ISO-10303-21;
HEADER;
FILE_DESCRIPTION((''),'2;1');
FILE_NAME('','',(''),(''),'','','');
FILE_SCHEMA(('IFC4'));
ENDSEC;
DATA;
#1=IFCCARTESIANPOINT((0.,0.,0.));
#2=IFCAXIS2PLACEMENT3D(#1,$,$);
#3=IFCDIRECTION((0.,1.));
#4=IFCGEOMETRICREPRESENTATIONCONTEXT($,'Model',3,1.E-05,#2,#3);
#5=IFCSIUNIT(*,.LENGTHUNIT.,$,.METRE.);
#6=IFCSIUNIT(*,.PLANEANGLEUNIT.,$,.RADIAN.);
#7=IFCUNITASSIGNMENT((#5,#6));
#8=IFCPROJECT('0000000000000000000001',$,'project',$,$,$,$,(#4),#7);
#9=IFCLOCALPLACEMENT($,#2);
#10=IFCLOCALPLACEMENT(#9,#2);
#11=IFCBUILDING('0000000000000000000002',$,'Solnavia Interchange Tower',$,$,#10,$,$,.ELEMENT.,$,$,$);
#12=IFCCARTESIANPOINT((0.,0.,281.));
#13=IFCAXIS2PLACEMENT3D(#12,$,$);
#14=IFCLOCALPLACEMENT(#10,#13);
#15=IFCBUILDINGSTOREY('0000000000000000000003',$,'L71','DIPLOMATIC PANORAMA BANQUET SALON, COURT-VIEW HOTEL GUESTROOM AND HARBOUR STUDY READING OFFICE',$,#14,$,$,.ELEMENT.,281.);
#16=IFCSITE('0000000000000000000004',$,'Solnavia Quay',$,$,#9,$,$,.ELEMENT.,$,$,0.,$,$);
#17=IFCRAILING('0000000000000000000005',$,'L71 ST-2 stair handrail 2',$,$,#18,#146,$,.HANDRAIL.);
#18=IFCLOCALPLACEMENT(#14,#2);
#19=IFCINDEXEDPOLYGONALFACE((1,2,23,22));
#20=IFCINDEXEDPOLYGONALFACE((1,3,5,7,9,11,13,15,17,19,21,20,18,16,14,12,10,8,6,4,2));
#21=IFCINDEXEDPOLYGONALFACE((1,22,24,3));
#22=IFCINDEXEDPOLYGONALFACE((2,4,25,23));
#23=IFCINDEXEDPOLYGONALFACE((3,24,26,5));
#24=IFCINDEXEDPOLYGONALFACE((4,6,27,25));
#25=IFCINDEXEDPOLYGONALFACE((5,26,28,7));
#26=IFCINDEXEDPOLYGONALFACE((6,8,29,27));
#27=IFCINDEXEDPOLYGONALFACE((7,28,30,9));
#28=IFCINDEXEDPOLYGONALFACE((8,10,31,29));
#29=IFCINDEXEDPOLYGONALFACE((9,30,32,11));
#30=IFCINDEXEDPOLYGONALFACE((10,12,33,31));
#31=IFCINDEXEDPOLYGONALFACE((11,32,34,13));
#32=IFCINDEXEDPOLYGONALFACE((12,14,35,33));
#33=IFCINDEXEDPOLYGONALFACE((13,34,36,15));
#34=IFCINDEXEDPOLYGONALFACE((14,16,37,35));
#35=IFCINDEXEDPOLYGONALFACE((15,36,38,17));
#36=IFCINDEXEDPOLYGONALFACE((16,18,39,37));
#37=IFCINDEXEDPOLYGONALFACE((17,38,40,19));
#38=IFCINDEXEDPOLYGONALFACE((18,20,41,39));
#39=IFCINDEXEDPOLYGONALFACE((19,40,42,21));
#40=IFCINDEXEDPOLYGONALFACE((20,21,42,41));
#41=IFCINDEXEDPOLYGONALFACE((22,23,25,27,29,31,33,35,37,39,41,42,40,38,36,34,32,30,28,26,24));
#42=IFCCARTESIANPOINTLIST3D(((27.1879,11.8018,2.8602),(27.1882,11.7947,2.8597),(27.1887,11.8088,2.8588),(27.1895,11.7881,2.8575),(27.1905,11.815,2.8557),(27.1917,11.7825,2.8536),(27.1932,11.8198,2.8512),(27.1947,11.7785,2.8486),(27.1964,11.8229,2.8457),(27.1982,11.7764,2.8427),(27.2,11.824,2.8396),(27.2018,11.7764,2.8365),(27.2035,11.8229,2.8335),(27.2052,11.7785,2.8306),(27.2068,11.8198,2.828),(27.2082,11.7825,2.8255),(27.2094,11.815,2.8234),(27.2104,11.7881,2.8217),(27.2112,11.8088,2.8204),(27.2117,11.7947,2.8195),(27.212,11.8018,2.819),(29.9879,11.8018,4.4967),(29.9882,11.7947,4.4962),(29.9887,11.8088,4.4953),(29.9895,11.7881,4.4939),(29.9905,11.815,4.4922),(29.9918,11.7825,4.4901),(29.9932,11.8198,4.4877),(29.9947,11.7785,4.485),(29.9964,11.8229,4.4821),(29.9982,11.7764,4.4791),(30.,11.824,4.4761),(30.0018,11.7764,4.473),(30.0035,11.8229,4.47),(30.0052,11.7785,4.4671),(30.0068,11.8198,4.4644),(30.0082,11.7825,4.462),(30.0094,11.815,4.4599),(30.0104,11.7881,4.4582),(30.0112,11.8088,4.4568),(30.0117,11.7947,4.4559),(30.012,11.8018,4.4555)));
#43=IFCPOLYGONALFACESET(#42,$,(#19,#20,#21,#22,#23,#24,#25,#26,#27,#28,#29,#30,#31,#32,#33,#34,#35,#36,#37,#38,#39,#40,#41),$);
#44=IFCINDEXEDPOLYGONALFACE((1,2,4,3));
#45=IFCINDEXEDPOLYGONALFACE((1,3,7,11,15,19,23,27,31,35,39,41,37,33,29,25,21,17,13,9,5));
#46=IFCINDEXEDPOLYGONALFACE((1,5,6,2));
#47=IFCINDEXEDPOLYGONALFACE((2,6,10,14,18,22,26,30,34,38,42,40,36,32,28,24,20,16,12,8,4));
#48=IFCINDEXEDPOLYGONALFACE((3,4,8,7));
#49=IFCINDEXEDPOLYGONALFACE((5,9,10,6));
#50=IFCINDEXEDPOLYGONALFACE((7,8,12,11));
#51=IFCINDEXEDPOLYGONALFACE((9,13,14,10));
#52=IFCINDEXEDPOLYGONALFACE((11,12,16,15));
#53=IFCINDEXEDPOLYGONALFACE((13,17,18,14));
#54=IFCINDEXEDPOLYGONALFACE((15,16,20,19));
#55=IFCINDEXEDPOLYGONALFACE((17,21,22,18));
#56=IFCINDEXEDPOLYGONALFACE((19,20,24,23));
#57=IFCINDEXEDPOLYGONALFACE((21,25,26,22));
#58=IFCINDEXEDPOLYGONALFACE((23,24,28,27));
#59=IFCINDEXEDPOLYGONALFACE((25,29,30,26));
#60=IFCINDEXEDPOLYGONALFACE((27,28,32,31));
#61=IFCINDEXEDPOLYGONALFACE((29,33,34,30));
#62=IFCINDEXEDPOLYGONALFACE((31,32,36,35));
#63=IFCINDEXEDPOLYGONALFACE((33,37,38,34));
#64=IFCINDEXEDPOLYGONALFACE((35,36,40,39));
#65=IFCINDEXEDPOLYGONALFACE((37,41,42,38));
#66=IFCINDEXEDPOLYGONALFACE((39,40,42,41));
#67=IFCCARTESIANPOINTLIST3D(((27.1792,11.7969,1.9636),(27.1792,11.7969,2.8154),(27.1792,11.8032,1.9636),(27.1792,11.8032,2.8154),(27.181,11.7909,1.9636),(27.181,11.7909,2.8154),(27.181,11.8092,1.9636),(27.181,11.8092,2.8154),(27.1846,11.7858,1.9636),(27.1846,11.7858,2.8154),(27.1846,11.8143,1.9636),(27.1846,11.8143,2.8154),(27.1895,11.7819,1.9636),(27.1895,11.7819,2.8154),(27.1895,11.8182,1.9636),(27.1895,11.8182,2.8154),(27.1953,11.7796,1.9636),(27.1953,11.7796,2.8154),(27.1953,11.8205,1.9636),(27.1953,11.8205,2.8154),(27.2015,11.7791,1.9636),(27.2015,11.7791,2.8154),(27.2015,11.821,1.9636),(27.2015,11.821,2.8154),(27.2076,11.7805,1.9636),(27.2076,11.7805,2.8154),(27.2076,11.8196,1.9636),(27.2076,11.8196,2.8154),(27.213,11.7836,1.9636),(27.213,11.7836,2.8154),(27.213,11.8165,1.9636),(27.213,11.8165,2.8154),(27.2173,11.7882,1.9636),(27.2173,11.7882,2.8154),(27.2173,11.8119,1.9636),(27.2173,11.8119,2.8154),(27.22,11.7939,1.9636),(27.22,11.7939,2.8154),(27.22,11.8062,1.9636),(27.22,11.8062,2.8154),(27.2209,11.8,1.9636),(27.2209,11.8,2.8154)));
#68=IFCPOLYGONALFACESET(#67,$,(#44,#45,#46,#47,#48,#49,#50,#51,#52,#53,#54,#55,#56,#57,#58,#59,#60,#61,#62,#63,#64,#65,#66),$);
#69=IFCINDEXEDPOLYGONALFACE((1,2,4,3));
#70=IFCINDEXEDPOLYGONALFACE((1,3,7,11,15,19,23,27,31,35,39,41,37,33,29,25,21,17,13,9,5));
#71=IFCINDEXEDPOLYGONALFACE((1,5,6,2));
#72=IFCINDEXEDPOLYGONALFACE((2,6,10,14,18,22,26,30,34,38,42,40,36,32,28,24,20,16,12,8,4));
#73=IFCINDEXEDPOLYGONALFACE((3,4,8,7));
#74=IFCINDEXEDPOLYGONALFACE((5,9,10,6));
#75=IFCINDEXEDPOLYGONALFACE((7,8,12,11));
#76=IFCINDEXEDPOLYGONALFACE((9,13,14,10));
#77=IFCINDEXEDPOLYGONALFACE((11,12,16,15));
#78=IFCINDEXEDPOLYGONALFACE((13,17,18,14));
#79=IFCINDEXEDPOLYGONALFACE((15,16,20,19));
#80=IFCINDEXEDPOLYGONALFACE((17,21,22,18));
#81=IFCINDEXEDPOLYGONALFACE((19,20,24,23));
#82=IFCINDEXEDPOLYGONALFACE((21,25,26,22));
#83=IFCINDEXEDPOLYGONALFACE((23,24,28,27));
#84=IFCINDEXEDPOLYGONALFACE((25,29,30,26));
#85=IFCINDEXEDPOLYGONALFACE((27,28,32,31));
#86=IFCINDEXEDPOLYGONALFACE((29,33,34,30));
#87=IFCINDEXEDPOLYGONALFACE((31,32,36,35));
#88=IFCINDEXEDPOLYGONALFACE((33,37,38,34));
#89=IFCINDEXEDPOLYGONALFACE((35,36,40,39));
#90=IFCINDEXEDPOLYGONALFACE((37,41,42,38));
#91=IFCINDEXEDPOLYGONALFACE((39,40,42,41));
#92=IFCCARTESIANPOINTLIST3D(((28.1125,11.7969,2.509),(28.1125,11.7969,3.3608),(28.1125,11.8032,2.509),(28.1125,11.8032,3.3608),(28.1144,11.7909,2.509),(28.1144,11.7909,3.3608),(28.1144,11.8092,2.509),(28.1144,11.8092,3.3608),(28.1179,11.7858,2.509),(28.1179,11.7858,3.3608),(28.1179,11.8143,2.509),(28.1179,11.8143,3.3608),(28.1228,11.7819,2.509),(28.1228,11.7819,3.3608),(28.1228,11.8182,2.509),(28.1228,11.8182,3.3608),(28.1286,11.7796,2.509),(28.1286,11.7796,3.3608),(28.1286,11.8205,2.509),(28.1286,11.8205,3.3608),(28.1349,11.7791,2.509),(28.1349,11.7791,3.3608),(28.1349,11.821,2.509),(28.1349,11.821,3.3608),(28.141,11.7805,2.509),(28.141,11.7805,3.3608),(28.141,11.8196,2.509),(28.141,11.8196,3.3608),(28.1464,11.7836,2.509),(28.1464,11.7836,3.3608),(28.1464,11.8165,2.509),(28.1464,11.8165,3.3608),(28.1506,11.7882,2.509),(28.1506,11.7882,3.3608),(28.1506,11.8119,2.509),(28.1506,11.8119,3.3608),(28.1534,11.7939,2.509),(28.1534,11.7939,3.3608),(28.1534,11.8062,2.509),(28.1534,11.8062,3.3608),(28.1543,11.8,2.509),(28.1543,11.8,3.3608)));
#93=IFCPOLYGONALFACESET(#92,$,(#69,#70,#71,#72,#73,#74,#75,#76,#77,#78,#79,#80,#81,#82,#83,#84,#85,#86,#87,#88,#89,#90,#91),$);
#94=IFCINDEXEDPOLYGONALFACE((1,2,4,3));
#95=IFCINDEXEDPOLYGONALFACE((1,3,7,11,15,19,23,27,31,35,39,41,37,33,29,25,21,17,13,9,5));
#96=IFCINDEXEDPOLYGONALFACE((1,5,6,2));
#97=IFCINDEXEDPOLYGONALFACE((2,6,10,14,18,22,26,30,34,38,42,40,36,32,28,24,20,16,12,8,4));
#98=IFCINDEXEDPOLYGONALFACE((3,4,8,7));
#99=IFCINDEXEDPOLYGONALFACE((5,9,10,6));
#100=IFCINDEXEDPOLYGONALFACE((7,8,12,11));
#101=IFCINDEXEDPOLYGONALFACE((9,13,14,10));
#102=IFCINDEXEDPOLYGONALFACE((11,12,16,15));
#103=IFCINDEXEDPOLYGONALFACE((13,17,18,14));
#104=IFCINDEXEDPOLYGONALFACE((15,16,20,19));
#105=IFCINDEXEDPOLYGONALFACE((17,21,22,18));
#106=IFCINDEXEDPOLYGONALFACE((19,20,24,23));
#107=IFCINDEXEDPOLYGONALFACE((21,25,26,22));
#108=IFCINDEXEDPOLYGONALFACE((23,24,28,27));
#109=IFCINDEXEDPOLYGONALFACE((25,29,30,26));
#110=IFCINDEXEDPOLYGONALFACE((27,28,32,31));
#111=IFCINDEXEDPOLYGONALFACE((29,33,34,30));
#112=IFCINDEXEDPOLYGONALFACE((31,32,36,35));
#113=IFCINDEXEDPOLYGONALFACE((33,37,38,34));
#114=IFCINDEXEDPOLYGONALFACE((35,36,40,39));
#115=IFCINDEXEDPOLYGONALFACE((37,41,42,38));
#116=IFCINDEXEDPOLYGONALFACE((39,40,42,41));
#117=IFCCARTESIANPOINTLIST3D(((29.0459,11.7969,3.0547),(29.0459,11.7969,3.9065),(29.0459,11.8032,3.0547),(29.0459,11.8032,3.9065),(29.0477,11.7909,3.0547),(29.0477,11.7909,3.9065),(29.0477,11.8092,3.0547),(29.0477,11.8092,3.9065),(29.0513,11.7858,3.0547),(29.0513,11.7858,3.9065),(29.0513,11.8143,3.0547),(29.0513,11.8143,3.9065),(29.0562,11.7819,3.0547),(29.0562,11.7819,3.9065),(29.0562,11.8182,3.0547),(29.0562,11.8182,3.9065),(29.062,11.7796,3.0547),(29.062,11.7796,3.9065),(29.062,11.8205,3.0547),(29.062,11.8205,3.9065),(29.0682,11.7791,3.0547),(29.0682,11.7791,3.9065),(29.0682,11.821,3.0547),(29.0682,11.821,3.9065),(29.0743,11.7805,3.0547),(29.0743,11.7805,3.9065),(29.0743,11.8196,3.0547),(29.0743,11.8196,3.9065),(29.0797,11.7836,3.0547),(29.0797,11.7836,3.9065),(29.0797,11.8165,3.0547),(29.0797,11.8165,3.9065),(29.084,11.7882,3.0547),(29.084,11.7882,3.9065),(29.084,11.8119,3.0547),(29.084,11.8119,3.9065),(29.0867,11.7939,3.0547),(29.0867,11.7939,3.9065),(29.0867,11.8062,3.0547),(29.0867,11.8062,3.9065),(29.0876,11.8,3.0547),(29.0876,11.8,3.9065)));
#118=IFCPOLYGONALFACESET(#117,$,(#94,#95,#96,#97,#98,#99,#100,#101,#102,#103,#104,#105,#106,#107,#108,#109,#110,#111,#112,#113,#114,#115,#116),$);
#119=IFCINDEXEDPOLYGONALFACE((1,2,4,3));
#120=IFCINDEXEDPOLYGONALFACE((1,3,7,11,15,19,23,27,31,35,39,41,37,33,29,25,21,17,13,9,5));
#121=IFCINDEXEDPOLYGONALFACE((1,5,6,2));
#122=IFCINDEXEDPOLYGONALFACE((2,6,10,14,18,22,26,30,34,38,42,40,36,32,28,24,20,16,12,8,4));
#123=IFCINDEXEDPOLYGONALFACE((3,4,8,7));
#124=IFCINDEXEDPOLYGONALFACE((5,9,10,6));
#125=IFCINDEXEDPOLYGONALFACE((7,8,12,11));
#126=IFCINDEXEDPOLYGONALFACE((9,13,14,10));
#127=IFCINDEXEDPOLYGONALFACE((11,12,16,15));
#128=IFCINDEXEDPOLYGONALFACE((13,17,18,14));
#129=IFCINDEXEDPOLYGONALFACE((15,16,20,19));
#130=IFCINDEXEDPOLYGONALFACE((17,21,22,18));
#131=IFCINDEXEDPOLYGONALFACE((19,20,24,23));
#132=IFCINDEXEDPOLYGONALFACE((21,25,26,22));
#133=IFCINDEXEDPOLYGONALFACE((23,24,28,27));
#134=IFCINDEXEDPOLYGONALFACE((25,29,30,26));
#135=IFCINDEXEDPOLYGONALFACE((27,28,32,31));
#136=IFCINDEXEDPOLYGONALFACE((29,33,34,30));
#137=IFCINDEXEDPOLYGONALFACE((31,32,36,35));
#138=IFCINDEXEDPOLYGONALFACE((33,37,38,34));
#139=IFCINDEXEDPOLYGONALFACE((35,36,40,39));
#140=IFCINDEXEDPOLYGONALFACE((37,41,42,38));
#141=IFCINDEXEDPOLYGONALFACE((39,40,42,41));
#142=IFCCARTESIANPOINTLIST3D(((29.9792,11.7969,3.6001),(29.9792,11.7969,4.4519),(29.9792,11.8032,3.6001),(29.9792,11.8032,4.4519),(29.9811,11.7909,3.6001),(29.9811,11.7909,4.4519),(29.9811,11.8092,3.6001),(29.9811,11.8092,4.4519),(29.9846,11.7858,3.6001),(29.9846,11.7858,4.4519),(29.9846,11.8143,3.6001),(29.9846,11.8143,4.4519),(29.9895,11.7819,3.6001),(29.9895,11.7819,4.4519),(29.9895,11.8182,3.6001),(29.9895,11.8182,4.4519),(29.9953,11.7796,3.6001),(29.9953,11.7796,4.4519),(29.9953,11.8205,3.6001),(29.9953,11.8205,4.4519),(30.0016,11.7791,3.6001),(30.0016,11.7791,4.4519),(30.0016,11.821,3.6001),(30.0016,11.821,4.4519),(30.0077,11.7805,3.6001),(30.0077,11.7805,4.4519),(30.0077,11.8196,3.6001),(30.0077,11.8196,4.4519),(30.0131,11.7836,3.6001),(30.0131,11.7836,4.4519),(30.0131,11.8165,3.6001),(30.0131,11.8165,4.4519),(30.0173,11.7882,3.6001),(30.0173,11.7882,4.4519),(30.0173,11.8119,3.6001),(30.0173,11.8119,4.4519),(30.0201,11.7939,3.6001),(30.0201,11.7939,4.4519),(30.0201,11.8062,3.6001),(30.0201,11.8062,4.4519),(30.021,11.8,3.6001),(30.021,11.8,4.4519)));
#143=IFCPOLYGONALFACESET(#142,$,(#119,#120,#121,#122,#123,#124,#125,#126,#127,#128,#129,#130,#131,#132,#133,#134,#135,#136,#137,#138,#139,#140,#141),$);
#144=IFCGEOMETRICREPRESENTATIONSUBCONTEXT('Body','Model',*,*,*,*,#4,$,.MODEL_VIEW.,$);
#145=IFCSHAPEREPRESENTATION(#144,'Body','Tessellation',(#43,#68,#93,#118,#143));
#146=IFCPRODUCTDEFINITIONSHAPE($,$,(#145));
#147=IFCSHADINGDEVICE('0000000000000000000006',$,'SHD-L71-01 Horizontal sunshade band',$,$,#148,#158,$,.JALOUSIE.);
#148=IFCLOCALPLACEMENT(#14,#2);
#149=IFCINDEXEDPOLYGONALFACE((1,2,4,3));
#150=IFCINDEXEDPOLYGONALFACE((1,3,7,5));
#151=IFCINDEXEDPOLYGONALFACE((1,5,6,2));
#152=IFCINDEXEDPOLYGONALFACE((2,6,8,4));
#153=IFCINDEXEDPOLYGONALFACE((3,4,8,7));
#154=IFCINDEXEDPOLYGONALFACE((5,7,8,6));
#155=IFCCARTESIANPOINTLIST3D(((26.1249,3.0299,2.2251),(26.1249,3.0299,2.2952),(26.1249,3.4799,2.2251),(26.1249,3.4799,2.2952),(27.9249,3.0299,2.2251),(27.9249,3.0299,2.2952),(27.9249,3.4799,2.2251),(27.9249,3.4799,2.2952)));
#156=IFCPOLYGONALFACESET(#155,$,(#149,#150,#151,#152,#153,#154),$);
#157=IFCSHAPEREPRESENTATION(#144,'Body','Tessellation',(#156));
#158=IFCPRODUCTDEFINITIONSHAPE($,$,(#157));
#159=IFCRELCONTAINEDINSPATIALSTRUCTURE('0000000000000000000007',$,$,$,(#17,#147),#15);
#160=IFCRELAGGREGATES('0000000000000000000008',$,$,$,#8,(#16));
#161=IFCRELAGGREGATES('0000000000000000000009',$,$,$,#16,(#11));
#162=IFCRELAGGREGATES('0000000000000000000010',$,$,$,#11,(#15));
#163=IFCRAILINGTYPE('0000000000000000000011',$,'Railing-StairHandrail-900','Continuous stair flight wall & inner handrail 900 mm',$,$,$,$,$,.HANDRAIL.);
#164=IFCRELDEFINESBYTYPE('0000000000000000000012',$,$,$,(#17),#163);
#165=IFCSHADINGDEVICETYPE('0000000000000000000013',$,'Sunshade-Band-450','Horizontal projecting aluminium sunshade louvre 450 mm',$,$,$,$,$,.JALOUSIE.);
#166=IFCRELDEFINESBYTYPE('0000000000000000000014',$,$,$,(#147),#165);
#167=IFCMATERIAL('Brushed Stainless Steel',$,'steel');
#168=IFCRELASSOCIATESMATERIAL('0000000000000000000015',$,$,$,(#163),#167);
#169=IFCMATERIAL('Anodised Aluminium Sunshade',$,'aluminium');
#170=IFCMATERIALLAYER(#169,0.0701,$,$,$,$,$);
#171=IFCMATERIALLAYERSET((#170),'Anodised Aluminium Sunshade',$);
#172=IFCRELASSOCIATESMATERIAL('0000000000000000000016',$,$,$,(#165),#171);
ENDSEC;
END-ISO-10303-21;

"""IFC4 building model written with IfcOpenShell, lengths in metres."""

from ifc_helpers import new_model, si_unit, direction, frame, origin, origin_2d, place, context, subcontext, project, spatial, rectangle, circle, extrude, material, layer, layer_set, type_object, element, save


model = new_model("IFC4")

# Units and contexts
model_context = context("Model", 3, precision=1e-05, world=origin(), true_north=direction((0.0, 1.0)))
body_context = subcontext(model_context, "Body", "Model", "MODEL_VIEW")
ifc_project = project(units=[si_unit("LENGTHUNIT", "METRE"), si_unit("PLANEANGLEUNIT", "RADIAN")], contexts=[model_context])

# Site, building, storey
site_placement = place(None, origin())
site = spatial("IfcSite", under=ifc_project, at=site_placement, Name="Solnavia Quay", CompositionType="ELEMENT", RefElevation=0.0)
building_placement = place(site_placement, origin())
building = spatial("IfcBuilding", under=site, at=building_placement, Name="Solnavia Interchange Tower", CompositionType="ELEMENT")
storey_placement = place(building_placement, frame((0.0, 0.0, 281.0)))
storey = spatial("IfcBuildingStorey", under=building, at=storey_placement, Name="L71", Description="DIPLOMATIC PANORAMA BANQUET SALON, COURT-VIEW HOTEL GUESTROOM AND HARBOUR STUDY READING OFFICE", CompositionType="ELEMENT", Elevation=281.0)

# Railing
ifc_material_1 = material(Name="Brushed Stainless Steel", Category="steel")
railing_type_1 = type_object("IfcRailingType", Name="Railing-StairHandrail-900", Description="Continuous stair flight wall & inner handrail 900 mm", PredefinedType="HANDRAIL", material=ifc_material_1)
railing_1_placement = place(storey_placement, frame((27.2, 11.8, 1.9636)))
element("IfcRailing", 1, at=railing_1_placement, inside=storey, type_object=railing_type_1, Name="L71 ST-2 stair handrail 2", PredefinedType="HANDRAIL", context=body_context, shape_type="SweptSolid", body=[
    extrude(circle(Radius=0.0239, at=origin_2d()), frame((0.0, 0.0, 0.876), z_axis=(0.863361, 0.0, 0.504587), x_axis=(0.0, 1.0, 0.0)), (0.0, 0.0, 1.0), 3.2432),
    extrude(circle(Radius=0.021, at=origin_2d()), origin(), (0.0, 0.0, 1.0), 0.8518),
    extrude(circle(Radius=0.021, at=origin_2d()), frame((0.9333, 0.0, 0.5454)), (0.0, 0.0, 1.0), 0.8518),
    extrude(circle(Radius=0.021, at=origin_2d()), frame((1.8667, 0.0, 1.0911)), (0.0, 0.0, 1.0), 0.8518),
    extrude(circle(Radius=0.021, at=origin_2d()), frame((2.8, 0.0, 1.6365)), (0.0, 0.0, 1.0), 0.8518),
])

# Shading device
ifc_material_2 = material(Name="Anodised Aluminium Sunshade", Category="aluminium")
ifc_layer_1 = layer(ifc_material_2, 0.0701)
ifc_layer_set_1 = layer_set([ifc_layer_1], Name="Anodised Aluminium Sunshade")
shading_device_type = type_object("IfcShadingDeviceType", Name="Sunshade-Band-450", Description="Horizontal projecting aluminium sunshade louvre 450 mm", PredefinedType="JALOUSIE", material=ifc_layer_set_1)
shading_device_placement = place(storey_placement, frame((27.0249, 3.2549, 2.2251), z_axis=(0.0, 0.0, 1.0), x_axis=(-1.0, 0.0, 0.0)))
element("IfcShadingDevice", 2, at=shading_device_placement, inside=storey, type_object=shading_device_type, Name="SHD-L71-01 Horizontal sunshade band", PredefinedType="JALOUSIE", context=body_context, shape_type="SweptSolid", body=[
    extrude(rectangle(XDim=1.8, YDim=0.45, at=origin_2d()), origin(), (0.0, 0.0, 1.0), 0.0701),
])

save(model, "model.ifc")
